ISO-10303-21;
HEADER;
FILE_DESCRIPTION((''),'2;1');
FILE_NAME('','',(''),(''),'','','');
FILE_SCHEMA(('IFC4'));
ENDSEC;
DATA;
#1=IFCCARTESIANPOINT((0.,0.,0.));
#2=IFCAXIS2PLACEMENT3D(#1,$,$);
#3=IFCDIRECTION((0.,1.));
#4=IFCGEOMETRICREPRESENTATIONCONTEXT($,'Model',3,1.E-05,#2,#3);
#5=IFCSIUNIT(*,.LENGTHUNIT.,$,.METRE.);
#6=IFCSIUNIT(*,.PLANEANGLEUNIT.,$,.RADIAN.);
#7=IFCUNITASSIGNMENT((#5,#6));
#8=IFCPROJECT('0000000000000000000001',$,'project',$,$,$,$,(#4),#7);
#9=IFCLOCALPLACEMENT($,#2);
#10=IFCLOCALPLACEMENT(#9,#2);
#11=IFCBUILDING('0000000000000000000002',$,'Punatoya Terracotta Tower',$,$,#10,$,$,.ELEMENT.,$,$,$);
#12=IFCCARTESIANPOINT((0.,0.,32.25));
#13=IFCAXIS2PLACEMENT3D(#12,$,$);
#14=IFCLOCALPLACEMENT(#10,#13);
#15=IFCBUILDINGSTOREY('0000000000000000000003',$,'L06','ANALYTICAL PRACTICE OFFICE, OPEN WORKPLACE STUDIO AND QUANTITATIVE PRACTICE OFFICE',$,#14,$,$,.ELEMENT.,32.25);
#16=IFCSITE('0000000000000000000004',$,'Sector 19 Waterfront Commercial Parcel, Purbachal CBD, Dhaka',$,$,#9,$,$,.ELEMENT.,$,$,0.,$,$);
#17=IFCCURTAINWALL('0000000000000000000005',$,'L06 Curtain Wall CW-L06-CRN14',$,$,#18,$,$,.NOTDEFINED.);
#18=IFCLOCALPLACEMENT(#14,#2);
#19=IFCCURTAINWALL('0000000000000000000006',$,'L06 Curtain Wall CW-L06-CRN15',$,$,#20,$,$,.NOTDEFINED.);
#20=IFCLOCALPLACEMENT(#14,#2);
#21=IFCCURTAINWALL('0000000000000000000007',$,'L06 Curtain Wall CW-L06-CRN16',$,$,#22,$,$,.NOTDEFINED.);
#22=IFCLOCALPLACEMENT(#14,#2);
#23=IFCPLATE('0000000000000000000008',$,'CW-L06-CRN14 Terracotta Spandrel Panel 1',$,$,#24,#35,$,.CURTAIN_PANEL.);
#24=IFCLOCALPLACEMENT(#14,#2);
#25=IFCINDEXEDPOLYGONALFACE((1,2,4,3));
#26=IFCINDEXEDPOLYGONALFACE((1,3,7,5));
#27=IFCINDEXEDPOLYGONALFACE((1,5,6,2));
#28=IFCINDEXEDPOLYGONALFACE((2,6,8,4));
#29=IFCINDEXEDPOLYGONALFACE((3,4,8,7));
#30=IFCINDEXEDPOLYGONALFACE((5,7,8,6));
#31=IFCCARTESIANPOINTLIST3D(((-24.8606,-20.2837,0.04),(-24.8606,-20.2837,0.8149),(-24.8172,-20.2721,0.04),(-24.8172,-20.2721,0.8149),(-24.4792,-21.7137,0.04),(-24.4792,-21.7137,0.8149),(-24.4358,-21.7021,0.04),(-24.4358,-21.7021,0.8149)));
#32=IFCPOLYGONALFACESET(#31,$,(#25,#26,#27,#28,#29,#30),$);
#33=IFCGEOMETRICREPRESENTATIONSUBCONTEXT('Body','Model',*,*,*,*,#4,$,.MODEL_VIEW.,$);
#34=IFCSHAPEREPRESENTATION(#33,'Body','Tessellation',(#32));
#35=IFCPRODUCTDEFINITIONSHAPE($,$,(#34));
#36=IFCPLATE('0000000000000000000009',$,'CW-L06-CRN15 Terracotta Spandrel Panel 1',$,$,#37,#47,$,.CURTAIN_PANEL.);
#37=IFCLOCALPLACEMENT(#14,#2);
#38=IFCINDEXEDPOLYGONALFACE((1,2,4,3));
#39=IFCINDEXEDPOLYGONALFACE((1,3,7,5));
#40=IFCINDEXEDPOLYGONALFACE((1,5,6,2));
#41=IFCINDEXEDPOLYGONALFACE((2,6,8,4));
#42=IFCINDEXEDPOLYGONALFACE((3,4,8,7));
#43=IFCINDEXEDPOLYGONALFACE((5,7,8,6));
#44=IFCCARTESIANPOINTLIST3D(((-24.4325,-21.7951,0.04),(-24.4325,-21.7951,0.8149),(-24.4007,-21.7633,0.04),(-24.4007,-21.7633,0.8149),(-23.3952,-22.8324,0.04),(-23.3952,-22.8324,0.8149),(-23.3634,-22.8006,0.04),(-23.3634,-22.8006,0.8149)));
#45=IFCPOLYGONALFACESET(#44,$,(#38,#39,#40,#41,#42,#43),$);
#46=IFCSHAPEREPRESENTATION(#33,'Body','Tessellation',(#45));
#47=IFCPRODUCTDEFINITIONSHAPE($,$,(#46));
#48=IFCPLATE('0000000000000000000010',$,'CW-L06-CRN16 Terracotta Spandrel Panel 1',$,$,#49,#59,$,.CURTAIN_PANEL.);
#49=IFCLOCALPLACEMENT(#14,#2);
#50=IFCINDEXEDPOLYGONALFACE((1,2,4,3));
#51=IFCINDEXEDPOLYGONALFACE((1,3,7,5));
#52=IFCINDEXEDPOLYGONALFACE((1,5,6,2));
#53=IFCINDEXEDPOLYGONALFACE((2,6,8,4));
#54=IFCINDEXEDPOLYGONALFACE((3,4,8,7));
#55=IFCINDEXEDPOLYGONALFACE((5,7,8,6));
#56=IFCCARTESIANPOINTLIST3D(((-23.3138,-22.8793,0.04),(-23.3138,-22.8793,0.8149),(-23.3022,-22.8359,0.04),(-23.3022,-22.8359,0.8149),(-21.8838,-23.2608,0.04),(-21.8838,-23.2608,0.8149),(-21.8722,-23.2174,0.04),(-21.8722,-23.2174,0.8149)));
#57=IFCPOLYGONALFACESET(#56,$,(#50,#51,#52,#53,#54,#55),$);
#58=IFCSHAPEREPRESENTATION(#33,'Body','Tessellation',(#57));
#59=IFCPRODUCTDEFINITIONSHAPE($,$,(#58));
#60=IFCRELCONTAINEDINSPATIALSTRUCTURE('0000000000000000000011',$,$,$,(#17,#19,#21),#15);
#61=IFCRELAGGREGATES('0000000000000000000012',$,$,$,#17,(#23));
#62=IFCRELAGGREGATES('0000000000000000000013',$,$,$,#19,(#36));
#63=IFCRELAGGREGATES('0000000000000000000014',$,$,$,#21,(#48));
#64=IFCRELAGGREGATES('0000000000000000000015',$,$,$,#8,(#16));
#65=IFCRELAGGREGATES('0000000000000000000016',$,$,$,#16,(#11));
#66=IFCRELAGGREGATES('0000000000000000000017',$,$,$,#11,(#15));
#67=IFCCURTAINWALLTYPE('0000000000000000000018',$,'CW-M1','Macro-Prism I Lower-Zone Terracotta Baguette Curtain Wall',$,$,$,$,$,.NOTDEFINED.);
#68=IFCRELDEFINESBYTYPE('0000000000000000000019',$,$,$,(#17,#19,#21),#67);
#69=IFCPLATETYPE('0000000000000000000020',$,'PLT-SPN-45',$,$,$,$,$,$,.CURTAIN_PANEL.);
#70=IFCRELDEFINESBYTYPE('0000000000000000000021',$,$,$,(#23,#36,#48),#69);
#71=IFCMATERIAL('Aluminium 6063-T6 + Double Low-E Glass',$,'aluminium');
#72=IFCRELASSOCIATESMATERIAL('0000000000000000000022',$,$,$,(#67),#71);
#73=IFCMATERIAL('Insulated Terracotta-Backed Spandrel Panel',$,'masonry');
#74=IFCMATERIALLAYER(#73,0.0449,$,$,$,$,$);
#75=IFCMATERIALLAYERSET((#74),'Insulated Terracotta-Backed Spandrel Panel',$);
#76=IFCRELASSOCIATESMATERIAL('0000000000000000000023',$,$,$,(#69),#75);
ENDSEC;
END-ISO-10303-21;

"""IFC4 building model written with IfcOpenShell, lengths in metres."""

from ifc_helpers import new_model, si_unit, direction, frame, origin, origin_2d, place, context, subcontext, project, spatial, rectangle, extrude, material, layer, layer_set, type_object, element, aggregate, save


model = new_model("IFC4")

# Units and contexts
model_context = context("Model", 3, precision=1e-05, world=origin(), true_north=direction((0.0, 1.0)))
body_context = subcontext(model_context, "Body", "Model", "MODEL_VIEW")
ifc_project = project(units=[si_unit("LENGTHUNIT", "METRE"), si_unit("PLANEANGLEUNIT", "RADIAN")], contexts=[model_context])

# Site, building, storey
site_placement = place(None, origin())
site = spatial("IfcSite", under=ifc_project, at=site_placement, Name="Sector 19 Waterfront Commercial Parcel, Purbachal CBD, Dhaka", CompositionType="ELEMENT", RefElevation=0.0)
building_placement = place(site_placement, origin())
building = spatial("IfcBuilding", under=site, at=building_placement, Name="Punatoya Terracotta Tower", CompositionType="ELEMENT")
storey_placement = place(building_placement, frame((0.0, 0.0, 32.25)))
storey = spatial("IfcBuildingStorey", under=building, at=storey_placement, Name="L06", Description="ANALYTICAL PRACTICE OFFICE, OPEN WORKPLACE STUDIO AND QUANTITATIVE PRACTICE OFFICE", CompositionType="ELEMENT", Elevation=32.25)

# Shared definitions
ifc_material_1 = material(Name="Aluminium 6063-T6 + Double Low-E Glass", Category="aluminium")
curtain_wall_type = type_object("IfcCurtainWallType", Name="CW-M1", Description="Macro-Prism I Lower-Zone Terracotta Baguette Curtain Wall", PredefinedType="NOTDEFINED", material=ifc_material_1)

# Curtain walls
curtain_wall_1_placement = place(storey_placement, origin())
curtain_wall_1 = element("IfcCurtainWall", 1, at=curtain_wall_1_placement, inside=storey, type_object=curtain_wall_type, Name="L06 Curtain Wall CW-L06-CRN14", PredefinedType="NOTDEFINED")
curtain_wall_2_placement = place(storey_placement, origin())
curtain_wall_2 = element("IfcCurtainWall", 2, at=curtain_wall_2_placement, inside=storey, type_object=curtain_wall_type, Name="L06 Curtain Wall CW-L06-CRN15", PredefinedType="NOTDEFINED")
curtain_wall_3_placement = place(storey_placement, origin())
curtain_wall_3 = element("IfcCurtainWall", 3, at=curtain_wall_3_placement, inside=storey, type_object=curtain_wall_type, Name="L06 Curtain Wall CW-L06-CRN16", PredefinedType="NOTDEFINED")

# Plates
ifc_material_2 = material(Name="Insulated Terracotta-Backed Spandrel Panel", Category="masonry")
ifc_layer_1 = layer(ifc_material_2, 0.0449)
ifc_layer_set_1 = layer_set([ifc_layer_1], Name="Insulated Terracotta-Backed Spandrel Panel")
plate_type_1 = type_object("IfcPlateType", Name="PLT-SPN-45", PredefinedType="CURTAIN_PANEL", material=ifc_layer_set_1)
plate_1_placement = place(storey_placement, frame((-24.6482, -20.9929, 0.04), z_axis=(0.0, 0.0, 1.0), x_axis=(0.257742, -0.966214, 0.0)))
plate_1 = element("IfcPlate", 4, at=plate_1_placement, type_object=plate_type_1, Name="CW-L06-CRN14 Terracotta Spandrel Panel 1", PredefinedType="CURTAIN_PANEL", context=body_context, shape_type="SweptSolid", body=[
    extrude(rectangle(XDim=1.48, YDim=0.0449, at=origin_2d()), origin(), (0.0, 0.0, 1.0), 0.7749),
])
aggregate(curtain_wall_1, [plate_1])
plate_2_placement = place(storey_placement, frame((-23.8979, -22.2979, 0.04), z_axis=(0.0, 0.0, 1.0), x_axis=(0.707107, -0.707107, 0.0)))
plate_2 = element("IfcPlate", 5, at=plate_2_placement, type_object=plate_type_1, Name="CW-L06-CRN15 Terracotta Spandrel Panel 1", PredefinedType="CURTAIN_PANEL", context=body_context, shape_type="SweptSolid", body=[
    extrude(rectangle(XDim=1.467, YDim=0.0449, at=origin_2d()), origin(), (0.0, 0.0, 1.0), 0.7749),
])
aggregate(curtain_wall_2, [plate_2])
plate_3_placement = place(storey_placement, frame((-22.593, -23.0483, 0.04), z_axis=(0.0, 0.0, 1.0), x_axis=(0.966214, -0.257742, 0.0)))
plate_3 = element("IfcPlate", 6, at=plate_3_placement, type_object=plate_type_1, Name="CW-L06-CRN16 Terracotta Spandrel Panel 1", PredefinedType="CURTAIN_PANEL", context=body_context, shape_type="SweptSolid", body=[
    extrude(rectangle(XDim=1.48, YDim=0.0449, at=origin_2d()), origin(), (0.0, 0.0, 1.0), 0.7749),
])
aggregate(curtain_wall_3, [plate_3])

save(model, "model.ifc")
